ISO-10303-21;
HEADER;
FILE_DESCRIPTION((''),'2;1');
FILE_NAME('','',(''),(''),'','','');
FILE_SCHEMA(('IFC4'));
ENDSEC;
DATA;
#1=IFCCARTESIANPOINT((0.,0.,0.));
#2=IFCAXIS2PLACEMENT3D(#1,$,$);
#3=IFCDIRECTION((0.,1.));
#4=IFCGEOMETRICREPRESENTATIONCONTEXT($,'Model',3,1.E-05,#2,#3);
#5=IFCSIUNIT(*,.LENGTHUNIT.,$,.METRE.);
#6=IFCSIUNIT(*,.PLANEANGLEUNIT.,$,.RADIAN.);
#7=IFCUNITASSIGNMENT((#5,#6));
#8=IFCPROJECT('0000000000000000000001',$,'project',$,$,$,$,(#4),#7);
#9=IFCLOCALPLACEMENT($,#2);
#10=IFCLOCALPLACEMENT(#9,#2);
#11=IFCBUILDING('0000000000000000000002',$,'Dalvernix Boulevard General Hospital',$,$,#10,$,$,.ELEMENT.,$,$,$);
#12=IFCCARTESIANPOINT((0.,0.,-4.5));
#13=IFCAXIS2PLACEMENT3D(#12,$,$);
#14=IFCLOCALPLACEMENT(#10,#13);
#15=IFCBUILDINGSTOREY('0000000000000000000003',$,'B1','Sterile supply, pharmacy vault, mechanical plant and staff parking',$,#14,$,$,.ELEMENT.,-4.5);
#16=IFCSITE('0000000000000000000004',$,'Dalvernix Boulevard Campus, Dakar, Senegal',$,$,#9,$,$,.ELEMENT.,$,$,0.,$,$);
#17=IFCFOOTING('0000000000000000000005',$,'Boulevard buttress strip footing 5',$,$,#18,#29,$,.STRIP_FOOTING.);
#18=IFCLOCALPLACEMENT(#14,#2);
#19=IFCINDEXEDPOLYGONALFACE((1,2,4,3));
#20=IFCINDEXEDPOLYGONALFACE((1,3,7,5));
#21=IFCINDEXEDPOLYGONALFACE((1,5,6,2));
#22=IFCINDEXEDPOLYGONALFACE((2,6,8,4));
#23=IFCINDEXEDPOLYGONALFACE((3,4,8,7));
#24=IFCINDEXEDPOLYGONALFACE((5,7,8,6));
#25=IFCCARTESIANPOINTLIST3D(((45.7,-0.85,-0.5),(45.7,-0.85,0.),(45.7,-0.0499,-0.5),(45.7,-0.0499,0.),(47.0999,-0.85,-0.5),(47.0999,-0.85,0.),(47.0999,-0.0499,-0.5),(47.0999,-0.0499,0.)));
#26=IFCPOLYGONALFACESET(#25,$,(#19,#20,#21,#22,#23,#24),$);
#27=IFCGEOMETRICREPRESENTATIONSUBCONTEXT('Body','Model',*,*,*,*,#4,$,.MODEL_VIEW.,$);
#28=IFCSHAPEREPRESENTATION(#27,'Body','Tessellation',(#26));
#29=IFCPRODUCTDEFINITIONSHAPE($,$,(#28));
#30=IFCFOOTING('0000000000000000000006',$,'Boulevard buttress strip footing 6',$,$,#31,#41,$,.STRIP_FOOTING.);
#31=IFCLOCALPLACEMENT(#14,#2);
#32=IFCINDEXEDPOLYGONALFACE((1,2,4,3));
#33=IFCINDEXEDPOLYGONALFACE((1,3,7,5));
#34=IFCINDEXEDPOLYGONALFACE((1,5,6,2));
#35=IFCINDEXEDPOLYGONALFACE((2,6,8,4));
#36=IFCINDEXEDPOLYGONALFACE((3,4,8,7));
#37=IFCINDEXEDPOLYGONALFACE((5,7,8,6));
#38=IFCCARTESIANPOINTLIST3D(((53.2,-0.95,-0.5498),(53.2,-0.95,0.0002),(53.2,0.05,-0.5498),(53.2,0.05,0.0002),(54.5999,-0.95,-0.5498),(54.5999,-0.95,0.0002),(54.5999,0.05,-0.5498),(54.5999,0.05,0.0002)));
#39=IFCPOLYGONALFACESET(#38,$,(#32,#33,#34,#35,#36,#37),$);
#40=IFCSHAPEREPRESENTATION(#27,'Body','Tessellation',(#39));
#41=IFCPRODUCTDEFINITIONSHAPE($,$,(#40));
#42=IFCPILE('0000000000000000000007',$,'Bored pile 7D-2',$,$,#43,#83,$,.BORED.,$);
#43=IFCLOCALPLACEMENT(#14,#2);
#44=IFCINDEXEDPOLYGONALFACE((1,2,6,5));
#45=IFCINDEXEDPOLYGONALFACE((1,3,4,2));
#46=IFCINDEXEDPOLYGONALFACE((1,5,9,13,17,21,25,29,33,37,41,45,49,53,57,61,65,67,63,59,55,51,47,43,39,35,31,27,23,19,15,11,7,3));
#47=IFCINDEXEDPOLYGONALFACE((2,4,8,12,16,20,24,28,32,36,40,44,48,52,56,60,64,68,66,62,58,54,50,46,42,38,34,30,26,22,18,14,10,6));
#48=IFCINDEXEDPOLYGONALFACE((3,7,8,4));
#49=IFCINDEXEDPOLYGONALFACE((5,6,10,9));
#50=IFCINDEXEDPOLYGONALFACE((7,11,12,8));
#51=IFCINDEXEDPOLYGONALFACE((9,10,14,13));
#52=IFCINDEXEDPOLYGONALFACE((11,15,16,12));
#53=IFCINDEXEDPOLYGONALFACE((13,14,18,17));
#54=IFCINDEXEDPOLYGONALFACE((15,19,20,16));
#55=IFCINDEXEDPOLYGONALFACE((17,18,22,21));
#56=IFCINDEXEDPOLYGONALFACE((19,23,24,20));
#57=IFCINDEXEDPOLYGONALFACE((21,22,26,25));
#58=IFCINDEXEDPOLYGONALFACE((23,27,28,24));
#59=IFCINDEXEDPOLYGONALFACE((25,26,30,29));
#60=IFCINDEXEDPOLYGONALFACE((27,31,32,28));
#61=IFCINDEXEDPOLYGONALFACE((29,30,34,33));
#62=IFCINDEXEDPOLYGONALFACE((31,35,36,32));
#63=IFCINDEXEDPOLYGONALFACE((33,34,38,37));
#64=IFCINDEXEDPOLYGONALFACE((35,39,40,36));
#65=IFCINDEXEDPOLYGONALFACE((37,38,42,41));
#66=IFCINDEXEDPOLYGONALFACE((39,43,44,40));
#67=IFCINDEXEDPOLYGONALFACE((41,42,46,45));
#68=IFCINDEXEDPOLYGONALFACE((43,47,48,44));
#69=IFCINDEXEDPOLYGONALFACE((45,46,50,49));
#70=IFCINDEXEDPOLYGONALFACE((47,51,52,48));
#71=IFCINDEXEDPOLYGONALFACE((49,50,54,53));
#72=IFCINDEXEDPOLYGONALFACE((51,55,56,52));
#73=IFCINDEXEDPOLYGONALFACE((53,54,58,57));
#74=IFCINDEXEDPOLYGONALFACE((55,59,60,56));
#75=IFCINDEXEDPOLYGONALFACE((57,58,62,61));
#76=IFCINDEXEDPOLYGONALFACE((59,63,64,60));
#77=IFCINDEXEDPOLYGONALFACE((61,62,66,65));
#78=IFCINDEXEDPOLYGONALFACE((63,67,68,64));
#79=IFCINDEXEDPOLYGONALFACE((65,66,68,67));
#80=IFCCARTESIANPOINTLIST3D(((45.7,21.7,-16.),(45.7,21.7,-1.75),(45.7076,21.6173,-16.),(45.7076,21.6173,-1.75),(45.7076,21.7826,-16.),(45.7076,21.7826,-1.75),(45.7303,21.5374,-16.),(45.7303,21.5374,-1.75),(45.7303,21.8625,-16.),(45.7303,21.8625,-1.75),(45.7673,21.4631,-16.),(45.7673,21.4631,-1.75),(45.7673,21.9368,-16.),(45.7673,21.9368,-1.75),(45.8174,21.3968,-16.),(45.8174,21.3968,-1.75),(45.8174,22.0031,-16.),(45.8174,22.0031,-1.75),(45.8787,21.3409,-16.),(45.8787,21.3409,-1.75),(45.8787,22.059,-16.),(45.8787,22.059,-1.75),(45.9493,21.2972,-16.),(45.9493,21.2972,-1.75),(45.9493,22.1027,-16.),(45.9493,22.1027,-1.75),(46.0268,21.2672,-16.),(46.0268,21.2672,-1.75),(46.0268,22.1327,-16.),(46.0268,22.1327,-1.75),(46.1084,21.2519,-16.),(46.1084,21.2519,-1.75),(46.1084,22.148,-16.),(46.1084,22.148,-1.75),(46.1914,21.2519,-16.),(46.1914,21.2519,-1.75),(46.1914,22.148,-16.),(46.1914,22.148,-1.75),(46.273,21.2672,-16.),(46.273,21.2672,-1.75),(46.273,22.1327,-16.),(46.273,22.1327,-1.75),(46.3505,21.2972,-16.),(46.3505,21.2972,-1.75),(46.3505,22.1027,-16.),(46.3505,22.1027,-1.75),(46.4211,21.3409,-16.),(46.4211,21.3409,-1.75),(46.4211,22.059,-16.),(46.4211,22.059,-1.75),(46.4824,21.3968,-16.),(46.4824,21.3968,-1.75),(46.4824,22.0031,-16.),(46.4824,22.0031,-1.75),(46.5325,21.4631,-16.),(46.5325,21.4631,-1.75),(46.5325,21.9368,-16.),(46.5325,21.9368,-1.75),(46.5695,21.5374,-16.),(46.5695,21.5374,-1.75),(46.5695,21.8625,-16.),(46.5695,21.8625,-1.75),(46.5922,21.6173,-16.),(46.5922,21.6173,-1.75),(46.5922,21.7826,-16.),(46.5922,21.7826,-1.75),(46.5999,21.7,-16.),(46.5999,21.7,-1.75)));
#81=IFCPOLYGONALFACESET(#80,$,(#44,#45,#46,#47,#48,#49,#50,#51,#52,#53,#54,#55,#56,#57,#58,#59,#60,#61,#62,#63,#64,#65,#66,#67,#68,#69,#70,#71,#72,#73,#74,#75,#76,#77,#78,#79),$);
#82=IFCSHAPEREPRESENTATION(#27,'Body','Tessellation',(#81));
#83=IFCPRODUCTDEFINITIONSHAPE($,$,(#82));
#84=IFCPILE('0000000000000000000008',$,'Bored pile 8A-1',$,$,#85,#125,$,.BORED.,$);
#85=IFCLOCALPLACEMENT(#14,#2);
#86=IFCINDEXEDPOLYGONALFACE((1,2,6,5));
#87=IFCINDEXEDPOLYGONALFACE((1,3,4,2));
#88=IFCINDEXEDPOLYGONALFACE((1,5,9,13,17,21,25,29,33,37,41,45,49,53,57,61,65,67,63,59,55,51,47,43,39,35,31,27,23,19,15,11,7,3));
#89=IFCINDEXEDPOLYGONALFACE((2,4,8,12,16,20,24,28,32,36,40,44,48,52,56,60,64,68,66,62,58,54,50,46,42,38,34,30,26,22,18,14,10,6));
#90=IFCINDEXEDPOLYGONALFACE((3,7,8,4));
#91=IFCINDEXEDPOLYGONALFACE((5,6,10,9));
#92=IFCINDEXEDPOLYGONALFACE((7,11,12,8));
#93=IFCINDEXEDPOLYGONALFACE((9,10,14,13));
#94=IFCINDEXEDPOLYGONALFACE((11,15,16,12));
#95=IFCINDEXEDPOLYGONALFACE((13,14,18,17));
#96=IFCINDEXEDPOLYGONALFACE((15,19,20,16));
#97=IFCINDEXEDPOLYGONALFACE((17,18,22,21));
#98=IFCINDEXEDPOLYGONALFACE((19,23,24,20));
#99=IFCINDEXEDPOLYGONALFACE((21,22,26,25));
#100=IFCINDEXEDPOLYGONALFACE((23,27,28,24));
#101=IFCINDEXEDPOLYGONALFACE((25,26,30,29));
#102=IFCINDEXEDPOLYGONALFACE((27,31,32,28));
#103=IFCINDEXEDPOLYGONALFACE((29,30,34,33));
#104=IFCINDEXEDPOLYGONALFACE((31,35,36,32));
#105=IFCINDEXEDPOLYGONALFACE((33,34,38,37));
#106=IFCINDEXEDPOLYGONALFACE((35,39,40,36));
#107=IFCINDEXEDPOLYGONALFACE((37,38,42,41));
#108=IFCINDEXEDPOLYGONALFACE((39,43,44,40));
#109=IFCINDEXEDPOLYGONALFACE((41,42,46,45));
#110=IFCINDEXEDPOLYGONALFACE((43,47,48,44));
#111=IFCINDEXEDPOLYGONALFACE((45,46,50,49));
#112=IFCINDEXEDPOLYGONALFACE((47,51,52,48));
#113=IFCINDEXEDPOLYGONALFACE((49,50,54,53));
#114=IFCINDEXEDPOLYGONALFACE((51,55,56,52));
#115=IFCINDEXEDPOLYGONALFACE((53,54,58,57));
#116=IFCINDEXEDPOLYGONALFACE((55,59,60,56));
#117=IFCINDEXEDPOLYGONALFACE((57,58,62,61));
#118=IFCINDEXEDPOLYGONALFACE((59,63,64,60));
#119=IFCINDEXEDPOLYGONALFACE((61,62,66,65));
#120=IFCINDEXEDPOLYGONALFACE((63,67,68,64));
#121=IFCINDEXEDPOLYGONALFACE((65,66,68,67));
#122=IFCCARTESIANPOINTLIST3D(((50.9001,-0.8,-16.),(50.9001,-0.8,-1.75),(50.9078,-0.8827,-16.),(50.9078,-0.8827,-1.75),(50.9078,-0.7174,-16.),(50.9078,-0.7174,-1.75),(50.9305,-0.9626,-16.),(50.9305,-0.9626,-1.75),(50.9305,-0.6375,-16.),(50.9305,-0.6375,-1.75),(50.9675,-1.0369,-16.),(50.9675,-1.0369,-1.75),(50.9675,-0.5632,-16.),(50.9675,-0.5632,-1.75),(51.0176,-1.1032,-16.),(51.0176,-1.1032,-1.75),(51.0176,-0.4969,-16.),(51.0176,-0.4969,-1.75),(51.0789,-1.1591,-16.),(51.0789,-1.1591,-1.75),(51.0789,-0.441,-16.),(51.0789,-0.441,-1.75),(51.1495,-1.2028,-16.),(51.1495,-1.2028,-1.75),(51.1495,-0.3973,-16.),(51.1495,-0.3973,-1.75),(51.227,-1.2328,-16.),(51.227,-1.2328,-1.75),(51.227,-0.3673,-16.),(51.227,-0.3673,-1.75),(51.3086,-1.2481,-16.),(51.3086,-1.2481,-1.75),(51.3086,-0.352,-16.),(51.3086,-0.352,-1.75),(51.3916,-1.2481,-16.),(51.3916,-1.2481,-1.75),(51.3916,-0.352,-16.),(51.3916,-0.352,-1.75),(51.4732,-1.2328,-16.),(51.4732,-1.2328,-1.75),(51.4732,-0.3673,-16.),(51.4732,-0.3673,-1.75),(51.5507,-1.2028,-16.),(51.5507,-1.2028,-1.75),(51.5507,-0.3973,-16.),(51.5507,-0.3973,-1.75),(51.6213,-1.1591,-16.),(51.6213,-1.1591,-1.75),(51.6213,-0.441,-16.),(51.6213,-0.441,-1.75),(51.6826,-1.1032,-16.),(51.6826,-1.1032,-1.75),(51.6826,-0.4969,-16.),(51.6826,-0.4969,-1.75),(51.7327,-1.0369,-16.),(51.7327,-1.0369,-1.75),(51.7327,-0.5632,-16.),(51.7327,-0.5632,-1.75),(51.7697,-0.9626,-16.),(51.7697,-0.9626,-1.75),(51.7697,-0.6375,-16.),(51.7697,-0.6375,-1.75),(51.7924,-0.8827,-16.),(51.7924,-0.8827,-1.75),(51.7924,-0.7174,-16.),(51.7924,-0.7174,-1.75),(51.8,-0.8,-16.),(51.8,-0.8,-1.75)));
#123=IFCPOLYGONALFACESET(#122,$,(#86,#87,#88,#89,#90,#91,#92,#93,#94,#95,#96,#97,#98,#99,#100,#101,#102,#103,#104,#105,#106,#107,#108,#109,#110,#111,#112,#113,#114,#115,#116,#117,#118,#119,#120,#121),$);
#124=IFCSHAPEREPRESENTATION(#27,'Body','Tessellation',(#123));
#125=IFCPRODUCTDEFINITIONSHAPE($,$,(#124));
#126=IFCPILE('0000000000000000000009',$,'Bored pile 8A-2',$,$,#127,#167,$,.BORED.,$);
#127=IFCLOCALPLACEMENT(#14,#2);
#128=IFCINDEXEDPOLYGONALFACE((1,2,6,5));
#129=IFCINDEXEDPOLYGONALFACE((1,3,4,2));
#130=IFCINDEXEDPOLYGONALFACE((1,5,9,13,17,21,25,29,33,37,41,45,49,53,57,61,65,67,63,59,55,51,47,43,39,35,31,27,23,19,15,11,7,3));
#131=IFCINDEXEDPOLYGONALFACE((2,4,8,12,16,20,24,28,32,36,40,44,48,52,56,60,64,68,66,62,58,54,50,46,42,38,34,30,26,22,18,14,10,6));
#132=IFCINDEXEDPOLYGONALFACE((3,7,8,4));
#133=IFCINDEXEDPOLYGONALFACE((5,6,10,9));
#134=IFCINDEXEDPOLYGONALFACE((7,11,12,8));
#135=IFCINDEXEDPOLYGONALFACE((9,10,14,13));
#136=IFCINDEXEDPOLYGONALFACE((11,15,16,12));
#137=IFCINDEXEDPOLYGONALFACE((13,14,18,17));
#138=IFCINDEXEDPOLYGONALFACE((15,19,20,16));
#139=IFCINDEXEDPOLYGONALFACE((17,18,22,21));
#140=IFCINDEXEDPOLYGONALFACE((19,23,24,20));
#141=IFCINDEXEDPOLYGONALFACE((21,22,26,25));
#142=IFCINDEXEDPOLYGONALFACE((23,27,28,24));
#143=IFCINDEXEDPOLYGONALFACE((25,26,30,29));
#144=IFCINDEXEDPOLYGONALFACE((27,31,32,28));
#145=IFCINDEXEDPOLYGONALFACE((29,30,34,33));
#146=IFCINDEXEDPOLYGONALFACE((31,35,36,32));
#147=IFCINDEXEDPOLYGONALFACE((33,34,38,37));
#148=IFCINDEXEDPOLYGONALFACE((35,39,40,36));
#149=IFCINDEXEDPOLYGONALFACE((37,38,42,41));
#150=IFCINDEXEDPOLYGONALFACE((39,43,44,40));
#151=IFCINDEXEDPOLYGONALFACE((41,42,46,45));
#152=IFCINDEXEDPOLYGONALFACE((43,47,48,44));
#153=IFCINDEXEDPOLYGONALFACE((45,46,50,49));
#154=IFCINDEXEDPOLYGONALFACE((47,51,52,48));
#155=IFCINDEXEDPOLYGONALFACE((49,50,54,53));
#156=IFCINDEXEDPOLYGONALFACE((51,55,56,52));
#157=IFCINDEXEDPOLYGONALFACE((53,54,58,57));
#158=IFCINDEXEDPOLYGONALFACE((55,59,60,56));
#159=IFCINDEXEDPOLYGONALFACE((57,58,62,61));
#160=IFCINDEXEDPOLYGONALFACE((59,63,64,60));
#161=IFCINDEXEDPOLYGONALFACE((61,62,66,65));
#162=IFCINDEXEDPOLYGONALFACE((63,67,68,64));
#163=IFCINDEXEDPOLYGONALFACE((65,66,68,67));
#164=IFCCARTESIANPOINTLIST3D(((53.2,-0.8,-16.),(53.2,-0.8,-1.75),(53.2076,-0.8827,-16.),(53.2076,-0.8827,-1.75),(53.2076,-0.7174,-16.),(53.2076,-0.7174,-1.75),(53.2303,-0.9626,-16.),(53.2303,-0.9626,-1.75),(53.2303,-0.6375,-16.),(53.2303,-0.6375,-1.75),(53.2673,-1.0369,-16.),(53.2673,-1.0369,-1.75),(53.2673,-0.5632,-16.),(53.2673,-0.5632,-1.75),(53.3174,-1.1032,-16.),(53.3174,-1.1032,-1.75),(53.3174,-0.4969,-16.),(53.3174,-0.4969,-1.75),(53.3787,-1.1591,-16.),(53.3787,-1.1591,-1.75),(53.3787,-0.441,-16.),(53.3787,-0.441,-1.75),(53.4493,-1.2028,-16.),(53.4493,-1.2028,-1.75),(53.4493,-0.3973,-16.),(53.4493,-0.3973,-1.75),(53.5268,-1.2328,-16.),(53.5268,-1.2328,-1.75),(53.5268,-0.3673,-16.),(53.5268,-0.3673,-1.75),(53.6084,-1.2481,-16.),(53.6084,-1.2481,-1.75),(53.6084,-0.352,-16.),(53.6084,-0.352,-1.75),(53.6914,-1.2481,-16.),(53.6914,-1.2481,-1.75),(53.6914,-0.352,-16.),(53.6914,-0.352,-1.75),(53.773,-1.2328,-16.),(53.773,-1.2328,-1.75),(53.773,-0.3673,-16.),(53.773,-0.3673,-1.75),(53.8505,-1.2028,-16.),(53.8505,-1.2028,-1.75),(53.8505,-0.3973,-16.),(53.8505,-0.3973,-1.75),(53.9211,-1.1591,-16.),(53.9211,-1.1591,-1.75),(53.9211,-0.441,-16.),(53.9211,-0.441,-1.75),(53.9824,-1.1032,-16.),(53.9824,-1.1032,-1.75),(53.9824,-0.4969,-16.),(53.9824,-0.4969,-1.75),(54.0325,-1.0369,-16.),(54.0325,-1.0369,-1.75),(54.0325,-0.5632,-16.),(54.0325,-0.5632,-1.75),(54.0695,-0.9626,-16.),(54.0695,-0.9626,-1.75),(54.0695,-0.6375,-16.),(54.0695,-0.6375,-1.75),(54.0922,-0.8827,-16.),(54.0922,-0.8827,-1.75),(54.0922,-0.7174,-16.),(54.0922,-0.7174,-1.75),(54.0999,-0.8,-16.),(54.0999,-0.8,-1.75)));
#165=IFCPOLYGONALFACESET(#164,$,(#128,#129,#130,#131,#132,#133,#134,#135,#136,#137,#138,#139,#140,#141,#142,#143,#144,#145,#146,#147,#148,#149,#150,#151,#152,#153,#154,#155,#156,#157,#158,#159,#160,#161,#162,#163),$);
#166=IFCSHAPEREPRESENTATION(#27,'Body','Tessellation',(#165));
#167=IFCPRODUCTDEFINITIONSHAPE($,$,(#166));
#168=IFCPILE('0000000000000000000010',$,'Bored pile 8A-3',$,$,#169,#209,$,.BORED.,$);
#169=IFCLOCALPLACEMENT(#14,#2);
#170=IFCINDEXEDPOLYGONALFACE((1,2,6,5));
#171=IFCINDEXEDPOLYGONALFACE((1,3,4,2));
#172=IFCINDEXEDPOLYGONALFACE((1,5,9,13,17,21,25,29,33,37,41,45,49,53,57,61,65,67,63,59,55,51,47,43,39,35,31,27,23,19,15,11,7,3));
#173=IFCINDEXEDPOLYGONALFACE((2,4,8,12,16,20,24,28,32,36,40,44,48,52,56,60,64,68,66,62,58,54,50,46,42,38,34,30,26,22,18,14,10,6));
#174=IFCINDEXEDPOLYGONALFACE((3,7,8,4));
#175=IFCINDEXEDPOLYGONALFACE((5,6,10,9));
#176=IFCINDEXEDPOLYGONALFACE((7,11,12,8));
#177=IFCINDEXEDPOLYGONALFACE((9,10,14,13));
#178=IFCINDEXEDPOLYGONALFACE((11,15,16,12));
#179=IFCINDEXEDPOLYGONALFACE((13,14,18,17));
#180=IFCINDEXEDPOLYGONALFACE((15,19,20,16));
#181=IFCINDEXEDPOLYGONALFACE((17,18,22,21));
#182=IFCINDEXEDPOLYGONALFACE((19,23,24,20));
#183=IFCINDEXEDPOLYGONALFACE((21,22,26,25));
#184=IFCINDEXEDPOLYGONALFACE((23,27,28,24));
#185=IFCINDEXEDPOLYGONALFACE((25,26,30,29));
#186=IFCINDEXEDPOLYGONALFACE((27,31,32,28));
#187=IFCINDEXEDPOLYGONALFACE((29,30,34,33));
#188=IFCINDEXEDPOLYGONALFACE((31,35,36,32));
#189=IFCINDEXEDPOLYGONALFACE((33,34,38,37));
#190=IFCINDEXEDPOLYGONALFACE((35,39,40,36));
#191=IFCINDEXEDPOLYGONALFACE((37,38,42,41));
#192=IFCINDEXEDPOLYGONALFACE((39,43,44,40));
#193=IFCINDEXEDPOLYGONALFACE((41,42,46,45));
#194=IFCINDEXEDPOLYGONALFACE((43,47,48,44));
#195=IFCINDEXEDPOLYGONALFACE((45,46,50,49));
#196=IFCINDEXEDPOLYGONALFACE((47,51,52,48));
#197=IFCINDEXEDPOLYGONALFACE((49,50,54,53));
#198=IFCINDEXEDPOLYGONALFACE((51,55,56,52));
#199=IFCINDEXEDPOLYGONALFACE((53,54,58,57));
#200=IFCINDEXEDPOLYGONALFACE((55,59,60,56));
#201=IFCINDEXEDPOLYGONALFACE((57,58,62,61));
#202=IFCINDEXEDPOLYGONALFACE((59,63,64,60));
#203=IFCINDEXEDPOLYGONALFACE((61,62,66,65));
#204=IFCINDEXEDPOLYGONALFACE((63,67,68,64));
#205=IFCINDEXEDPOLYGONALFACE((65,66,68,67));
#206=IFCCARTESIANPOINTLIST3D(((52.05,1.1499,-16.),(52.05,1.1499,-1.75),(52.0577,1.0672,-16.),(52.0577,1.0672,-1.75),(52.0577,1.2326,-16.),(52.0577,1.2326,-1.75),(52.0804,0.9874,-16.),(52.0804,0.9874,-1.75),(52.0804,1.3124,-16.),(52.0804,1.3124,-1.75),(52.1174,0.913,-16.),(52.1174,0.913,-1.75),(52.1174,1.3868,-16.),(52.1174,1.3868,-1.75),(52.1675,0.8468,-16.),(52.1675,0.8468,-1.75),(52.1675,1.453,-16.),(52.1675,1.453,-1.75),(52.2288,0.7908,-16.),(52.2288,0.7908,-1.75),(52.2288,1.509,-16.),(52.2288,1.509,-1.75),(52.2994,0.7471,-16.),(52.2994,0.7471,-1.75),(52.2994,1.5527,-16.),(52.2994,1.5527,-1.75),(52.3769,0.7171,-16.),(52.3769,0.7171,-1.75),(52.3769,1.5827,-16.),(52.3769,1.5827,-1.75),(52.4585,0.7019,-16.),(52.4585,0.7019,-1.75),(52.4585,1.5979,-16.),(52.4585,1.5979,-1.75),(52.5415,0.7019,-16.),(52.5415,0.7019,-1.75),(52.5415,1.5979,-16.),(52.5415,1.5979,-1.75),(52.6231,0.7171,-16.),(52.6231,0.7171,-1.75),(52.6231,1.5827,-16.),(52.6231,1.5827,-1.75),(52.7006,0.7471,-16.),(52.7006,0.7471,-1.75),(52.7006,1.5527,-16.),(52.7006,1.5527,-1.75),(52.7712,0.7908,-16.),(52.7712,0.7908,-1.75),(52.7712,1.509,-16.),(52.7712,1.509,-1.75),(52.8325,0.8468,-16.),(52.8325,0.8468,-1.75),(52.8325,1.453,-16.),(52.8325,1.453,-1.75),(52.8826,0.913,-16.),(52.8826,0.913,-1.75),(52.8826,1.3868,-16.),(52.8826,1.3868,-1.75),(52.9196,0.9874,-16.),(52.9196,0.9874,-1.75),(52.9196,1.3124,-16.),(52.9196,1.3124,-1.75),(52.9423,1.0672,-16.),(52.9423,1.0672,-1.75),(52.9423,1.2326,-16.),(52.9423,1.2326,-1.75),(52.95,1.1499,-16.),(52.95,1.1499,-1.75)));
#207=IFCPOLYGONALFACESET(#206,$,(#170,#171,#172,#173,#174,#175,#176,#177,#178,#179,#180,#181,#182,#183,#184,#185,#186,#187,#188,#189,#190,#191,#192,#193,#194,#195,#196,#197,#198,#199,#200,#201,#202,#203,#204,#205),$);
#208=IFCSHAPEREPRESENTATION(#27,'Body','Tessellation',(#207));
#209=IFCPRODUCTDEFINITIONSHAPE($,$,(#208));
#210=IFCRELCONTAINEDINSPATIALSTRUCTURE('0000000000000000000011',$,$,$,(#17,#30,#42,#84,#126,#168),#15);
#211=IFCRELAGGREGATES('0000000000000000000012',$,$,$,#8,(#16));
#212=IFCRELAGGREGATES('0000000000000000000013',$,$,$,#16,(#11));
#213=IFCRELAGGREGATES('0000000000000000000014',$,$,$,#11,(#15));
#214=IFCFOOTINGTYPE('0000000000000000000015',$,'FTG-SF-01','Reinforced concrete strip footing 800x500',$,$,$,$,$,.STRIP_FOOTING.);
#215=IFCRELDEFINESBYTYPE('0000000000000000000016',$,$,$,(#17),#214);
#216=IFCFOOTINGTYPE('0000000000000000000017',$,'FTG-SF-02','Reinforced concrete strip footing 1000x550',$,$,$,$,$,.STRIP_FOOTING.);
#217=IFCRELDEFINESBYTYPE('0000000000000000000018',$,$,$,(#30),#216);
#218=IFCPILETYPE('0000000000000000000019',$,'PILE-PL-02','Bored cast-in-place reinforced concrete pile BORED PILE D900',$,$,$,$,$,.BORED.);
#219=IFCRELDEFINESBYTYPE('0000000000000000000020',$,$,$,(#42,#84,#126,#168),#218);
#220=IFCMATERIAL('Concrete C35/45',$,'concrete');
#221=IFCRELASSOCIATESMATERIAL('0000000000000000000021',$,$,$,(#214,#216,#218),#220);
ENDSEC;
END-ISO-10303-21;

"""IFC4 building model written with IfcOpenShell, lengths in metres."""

from ifc_helpers import new_model, si_unit, direction, frame, origin, origin_2d, place, context, subcontext, project, spatial, rectangle, circle, extrude, material, material_profile, profile_set, type_object, element, save


model = new_model("IFC4")

# Units and contexts
model_context = context("Model", 3, precision=1e-05, world=origin(), true_north=direction((0.0, 1.0)))
body_context = subcontext(model_context, "Body", "Model", "MODEL_VIEW")
ifc_project = project(units=[si_unit("LENGTHUNIT", "METRE"), si_unit("PLANEANGLEUNIT", "RADIAN")], contexts=[model_context])

# Site, building, storey
site_placement = place(None, origin())
site = spatial("IfcSite", under=ifc_project, at=site_placement, Name="Dalvernix Boulevard Campus, Dakar, Senegal", CompositionType="ELEMENT", RefElevation=0.0)
building_placement = place(site_placement, origin())
building = spatial("IfcBuilding", under=site, at=building_placement, Name="Dalvernix Boulevard General Hospital", CompositionType="ELEMENT")
storey_placement = place(building_placement, frame((0.0, 0.0, -4.5)))
storey = spatial("IfcBuildingStorey", under=building, at=storey_placement, Name="B1", Description="Sterile supply, pharmacy vault, mechanical plant and staff parking", CompositionType="ELEMENT", Elevation=-4.5)

# Footings
ifc_material_1 = material(Name="Concrete C35/45", Category="concrete")
footing_type_1 = type_object("IfcFootingType", Name="FTG-SF-01", Description="Reinforced concrete strip footing 800x500", PredefinedType="STRIP_FOOTING", material=ifc_material_1)
footing_1_placement = place(storey_placement, frame((46.3999, -0.45, -0.5), z_axis=(0.0, 0.0, 1.0), x_axis=(1.0, 0.0, 0.0)))
element("IfcFooting", 1, at=footing_1_placement, inside=storey, type_object=footing_type_1, Name="Boulevard buttress strip footing 5", PredefinedType="STRIP_FOOTING", context=body_context, shape_type="SweptSolid", body=[
    extrude(rectangle(XDim=1.3999, YDim=0.8, at=origin_2d()), origin(), (0.0, 0.0, 1.0), 0.5),
])
footing_type_2 = type_object("IfcFootingType", Name="FTG-SF-02", Description="Reinforced concrete strip footing 1000x550", PredefinedType="STRIP_FOOTING", material=ifc_material_1)
footing_2_placement = place(storey_placement, frame((53.8999, -0.45, -0.5498), z_axis=(0.0, 0.0, 1.0), x_axis=(1.0, 0.0, 0.0)))
element("IfcFooting", 2, at=footing_2_placement, inside=storey, type_object=footing_type_2, Name="Boulevard buttress strip footing 6", PredefinedType="STRIP_FOOTING", context=body_context, shape_type="SweptSolid", body=[
    extrude(rectangle(XDim=1.3999, YDim=1.0, at=origin_2d()), origin(), (0.0, 0.0, 1.0), 0.55),
])

# Piles
ifc_material_profile_1 = material_profile(ifc_material_1, circle(Radius=0.45, at=origin_2d()), Name="BORED PILE D900")
ifc_profile_set_1 = profile_set([ifc_material_profile_1], Name="Concrete C35/45")
pile_type = type_object("IfcPileType", Name="PILE-PL-02", Description="Bored cast-in-place reinforced concrete pile BORED PILE D900", PredefinedType="BORED", material=ifc_profile_set_1)
for number, where, z_axis, x_axis, name in (
    (3, (46.1499, 21.7, -1.75), (0.0, 0.0, -1.0), (1.0, 0.0, 0.0), "Bored pile 7D-2"),
    (4, (51.3501, -0.8, -1.75), (0.0, 0.0, -1.0), (1.0, 0.0, 0.0), "Bored pile 8A-1"),
    (5, (53.6499, -0.8, -1.75), (0.0, 0.0, -1.0), (1.0, 0.0, 0.0), "Bored pile 8A-2"),
    (6, (52.5, 1.1499, -1.75), (0.0, 0.0, -1.0), (1.0, 0.0, 0.0), "Bored pile 8A-3"),
):
    element("IfcPile", number, at=place(storey_placement, frame(where, z_axis=z_axis, x_axis=x_axis)), inside=storey, type_object=pile_type, Name=name, PredefinedType="BORED", context=body_context, shape_type="SweptSolid", body=[
        extrude(circle(Radius=0.45, at=origin_2d()), origin(), (0.0, 0.0, 1.0), 14.25),
    ])

save(model, "model.ifc")
